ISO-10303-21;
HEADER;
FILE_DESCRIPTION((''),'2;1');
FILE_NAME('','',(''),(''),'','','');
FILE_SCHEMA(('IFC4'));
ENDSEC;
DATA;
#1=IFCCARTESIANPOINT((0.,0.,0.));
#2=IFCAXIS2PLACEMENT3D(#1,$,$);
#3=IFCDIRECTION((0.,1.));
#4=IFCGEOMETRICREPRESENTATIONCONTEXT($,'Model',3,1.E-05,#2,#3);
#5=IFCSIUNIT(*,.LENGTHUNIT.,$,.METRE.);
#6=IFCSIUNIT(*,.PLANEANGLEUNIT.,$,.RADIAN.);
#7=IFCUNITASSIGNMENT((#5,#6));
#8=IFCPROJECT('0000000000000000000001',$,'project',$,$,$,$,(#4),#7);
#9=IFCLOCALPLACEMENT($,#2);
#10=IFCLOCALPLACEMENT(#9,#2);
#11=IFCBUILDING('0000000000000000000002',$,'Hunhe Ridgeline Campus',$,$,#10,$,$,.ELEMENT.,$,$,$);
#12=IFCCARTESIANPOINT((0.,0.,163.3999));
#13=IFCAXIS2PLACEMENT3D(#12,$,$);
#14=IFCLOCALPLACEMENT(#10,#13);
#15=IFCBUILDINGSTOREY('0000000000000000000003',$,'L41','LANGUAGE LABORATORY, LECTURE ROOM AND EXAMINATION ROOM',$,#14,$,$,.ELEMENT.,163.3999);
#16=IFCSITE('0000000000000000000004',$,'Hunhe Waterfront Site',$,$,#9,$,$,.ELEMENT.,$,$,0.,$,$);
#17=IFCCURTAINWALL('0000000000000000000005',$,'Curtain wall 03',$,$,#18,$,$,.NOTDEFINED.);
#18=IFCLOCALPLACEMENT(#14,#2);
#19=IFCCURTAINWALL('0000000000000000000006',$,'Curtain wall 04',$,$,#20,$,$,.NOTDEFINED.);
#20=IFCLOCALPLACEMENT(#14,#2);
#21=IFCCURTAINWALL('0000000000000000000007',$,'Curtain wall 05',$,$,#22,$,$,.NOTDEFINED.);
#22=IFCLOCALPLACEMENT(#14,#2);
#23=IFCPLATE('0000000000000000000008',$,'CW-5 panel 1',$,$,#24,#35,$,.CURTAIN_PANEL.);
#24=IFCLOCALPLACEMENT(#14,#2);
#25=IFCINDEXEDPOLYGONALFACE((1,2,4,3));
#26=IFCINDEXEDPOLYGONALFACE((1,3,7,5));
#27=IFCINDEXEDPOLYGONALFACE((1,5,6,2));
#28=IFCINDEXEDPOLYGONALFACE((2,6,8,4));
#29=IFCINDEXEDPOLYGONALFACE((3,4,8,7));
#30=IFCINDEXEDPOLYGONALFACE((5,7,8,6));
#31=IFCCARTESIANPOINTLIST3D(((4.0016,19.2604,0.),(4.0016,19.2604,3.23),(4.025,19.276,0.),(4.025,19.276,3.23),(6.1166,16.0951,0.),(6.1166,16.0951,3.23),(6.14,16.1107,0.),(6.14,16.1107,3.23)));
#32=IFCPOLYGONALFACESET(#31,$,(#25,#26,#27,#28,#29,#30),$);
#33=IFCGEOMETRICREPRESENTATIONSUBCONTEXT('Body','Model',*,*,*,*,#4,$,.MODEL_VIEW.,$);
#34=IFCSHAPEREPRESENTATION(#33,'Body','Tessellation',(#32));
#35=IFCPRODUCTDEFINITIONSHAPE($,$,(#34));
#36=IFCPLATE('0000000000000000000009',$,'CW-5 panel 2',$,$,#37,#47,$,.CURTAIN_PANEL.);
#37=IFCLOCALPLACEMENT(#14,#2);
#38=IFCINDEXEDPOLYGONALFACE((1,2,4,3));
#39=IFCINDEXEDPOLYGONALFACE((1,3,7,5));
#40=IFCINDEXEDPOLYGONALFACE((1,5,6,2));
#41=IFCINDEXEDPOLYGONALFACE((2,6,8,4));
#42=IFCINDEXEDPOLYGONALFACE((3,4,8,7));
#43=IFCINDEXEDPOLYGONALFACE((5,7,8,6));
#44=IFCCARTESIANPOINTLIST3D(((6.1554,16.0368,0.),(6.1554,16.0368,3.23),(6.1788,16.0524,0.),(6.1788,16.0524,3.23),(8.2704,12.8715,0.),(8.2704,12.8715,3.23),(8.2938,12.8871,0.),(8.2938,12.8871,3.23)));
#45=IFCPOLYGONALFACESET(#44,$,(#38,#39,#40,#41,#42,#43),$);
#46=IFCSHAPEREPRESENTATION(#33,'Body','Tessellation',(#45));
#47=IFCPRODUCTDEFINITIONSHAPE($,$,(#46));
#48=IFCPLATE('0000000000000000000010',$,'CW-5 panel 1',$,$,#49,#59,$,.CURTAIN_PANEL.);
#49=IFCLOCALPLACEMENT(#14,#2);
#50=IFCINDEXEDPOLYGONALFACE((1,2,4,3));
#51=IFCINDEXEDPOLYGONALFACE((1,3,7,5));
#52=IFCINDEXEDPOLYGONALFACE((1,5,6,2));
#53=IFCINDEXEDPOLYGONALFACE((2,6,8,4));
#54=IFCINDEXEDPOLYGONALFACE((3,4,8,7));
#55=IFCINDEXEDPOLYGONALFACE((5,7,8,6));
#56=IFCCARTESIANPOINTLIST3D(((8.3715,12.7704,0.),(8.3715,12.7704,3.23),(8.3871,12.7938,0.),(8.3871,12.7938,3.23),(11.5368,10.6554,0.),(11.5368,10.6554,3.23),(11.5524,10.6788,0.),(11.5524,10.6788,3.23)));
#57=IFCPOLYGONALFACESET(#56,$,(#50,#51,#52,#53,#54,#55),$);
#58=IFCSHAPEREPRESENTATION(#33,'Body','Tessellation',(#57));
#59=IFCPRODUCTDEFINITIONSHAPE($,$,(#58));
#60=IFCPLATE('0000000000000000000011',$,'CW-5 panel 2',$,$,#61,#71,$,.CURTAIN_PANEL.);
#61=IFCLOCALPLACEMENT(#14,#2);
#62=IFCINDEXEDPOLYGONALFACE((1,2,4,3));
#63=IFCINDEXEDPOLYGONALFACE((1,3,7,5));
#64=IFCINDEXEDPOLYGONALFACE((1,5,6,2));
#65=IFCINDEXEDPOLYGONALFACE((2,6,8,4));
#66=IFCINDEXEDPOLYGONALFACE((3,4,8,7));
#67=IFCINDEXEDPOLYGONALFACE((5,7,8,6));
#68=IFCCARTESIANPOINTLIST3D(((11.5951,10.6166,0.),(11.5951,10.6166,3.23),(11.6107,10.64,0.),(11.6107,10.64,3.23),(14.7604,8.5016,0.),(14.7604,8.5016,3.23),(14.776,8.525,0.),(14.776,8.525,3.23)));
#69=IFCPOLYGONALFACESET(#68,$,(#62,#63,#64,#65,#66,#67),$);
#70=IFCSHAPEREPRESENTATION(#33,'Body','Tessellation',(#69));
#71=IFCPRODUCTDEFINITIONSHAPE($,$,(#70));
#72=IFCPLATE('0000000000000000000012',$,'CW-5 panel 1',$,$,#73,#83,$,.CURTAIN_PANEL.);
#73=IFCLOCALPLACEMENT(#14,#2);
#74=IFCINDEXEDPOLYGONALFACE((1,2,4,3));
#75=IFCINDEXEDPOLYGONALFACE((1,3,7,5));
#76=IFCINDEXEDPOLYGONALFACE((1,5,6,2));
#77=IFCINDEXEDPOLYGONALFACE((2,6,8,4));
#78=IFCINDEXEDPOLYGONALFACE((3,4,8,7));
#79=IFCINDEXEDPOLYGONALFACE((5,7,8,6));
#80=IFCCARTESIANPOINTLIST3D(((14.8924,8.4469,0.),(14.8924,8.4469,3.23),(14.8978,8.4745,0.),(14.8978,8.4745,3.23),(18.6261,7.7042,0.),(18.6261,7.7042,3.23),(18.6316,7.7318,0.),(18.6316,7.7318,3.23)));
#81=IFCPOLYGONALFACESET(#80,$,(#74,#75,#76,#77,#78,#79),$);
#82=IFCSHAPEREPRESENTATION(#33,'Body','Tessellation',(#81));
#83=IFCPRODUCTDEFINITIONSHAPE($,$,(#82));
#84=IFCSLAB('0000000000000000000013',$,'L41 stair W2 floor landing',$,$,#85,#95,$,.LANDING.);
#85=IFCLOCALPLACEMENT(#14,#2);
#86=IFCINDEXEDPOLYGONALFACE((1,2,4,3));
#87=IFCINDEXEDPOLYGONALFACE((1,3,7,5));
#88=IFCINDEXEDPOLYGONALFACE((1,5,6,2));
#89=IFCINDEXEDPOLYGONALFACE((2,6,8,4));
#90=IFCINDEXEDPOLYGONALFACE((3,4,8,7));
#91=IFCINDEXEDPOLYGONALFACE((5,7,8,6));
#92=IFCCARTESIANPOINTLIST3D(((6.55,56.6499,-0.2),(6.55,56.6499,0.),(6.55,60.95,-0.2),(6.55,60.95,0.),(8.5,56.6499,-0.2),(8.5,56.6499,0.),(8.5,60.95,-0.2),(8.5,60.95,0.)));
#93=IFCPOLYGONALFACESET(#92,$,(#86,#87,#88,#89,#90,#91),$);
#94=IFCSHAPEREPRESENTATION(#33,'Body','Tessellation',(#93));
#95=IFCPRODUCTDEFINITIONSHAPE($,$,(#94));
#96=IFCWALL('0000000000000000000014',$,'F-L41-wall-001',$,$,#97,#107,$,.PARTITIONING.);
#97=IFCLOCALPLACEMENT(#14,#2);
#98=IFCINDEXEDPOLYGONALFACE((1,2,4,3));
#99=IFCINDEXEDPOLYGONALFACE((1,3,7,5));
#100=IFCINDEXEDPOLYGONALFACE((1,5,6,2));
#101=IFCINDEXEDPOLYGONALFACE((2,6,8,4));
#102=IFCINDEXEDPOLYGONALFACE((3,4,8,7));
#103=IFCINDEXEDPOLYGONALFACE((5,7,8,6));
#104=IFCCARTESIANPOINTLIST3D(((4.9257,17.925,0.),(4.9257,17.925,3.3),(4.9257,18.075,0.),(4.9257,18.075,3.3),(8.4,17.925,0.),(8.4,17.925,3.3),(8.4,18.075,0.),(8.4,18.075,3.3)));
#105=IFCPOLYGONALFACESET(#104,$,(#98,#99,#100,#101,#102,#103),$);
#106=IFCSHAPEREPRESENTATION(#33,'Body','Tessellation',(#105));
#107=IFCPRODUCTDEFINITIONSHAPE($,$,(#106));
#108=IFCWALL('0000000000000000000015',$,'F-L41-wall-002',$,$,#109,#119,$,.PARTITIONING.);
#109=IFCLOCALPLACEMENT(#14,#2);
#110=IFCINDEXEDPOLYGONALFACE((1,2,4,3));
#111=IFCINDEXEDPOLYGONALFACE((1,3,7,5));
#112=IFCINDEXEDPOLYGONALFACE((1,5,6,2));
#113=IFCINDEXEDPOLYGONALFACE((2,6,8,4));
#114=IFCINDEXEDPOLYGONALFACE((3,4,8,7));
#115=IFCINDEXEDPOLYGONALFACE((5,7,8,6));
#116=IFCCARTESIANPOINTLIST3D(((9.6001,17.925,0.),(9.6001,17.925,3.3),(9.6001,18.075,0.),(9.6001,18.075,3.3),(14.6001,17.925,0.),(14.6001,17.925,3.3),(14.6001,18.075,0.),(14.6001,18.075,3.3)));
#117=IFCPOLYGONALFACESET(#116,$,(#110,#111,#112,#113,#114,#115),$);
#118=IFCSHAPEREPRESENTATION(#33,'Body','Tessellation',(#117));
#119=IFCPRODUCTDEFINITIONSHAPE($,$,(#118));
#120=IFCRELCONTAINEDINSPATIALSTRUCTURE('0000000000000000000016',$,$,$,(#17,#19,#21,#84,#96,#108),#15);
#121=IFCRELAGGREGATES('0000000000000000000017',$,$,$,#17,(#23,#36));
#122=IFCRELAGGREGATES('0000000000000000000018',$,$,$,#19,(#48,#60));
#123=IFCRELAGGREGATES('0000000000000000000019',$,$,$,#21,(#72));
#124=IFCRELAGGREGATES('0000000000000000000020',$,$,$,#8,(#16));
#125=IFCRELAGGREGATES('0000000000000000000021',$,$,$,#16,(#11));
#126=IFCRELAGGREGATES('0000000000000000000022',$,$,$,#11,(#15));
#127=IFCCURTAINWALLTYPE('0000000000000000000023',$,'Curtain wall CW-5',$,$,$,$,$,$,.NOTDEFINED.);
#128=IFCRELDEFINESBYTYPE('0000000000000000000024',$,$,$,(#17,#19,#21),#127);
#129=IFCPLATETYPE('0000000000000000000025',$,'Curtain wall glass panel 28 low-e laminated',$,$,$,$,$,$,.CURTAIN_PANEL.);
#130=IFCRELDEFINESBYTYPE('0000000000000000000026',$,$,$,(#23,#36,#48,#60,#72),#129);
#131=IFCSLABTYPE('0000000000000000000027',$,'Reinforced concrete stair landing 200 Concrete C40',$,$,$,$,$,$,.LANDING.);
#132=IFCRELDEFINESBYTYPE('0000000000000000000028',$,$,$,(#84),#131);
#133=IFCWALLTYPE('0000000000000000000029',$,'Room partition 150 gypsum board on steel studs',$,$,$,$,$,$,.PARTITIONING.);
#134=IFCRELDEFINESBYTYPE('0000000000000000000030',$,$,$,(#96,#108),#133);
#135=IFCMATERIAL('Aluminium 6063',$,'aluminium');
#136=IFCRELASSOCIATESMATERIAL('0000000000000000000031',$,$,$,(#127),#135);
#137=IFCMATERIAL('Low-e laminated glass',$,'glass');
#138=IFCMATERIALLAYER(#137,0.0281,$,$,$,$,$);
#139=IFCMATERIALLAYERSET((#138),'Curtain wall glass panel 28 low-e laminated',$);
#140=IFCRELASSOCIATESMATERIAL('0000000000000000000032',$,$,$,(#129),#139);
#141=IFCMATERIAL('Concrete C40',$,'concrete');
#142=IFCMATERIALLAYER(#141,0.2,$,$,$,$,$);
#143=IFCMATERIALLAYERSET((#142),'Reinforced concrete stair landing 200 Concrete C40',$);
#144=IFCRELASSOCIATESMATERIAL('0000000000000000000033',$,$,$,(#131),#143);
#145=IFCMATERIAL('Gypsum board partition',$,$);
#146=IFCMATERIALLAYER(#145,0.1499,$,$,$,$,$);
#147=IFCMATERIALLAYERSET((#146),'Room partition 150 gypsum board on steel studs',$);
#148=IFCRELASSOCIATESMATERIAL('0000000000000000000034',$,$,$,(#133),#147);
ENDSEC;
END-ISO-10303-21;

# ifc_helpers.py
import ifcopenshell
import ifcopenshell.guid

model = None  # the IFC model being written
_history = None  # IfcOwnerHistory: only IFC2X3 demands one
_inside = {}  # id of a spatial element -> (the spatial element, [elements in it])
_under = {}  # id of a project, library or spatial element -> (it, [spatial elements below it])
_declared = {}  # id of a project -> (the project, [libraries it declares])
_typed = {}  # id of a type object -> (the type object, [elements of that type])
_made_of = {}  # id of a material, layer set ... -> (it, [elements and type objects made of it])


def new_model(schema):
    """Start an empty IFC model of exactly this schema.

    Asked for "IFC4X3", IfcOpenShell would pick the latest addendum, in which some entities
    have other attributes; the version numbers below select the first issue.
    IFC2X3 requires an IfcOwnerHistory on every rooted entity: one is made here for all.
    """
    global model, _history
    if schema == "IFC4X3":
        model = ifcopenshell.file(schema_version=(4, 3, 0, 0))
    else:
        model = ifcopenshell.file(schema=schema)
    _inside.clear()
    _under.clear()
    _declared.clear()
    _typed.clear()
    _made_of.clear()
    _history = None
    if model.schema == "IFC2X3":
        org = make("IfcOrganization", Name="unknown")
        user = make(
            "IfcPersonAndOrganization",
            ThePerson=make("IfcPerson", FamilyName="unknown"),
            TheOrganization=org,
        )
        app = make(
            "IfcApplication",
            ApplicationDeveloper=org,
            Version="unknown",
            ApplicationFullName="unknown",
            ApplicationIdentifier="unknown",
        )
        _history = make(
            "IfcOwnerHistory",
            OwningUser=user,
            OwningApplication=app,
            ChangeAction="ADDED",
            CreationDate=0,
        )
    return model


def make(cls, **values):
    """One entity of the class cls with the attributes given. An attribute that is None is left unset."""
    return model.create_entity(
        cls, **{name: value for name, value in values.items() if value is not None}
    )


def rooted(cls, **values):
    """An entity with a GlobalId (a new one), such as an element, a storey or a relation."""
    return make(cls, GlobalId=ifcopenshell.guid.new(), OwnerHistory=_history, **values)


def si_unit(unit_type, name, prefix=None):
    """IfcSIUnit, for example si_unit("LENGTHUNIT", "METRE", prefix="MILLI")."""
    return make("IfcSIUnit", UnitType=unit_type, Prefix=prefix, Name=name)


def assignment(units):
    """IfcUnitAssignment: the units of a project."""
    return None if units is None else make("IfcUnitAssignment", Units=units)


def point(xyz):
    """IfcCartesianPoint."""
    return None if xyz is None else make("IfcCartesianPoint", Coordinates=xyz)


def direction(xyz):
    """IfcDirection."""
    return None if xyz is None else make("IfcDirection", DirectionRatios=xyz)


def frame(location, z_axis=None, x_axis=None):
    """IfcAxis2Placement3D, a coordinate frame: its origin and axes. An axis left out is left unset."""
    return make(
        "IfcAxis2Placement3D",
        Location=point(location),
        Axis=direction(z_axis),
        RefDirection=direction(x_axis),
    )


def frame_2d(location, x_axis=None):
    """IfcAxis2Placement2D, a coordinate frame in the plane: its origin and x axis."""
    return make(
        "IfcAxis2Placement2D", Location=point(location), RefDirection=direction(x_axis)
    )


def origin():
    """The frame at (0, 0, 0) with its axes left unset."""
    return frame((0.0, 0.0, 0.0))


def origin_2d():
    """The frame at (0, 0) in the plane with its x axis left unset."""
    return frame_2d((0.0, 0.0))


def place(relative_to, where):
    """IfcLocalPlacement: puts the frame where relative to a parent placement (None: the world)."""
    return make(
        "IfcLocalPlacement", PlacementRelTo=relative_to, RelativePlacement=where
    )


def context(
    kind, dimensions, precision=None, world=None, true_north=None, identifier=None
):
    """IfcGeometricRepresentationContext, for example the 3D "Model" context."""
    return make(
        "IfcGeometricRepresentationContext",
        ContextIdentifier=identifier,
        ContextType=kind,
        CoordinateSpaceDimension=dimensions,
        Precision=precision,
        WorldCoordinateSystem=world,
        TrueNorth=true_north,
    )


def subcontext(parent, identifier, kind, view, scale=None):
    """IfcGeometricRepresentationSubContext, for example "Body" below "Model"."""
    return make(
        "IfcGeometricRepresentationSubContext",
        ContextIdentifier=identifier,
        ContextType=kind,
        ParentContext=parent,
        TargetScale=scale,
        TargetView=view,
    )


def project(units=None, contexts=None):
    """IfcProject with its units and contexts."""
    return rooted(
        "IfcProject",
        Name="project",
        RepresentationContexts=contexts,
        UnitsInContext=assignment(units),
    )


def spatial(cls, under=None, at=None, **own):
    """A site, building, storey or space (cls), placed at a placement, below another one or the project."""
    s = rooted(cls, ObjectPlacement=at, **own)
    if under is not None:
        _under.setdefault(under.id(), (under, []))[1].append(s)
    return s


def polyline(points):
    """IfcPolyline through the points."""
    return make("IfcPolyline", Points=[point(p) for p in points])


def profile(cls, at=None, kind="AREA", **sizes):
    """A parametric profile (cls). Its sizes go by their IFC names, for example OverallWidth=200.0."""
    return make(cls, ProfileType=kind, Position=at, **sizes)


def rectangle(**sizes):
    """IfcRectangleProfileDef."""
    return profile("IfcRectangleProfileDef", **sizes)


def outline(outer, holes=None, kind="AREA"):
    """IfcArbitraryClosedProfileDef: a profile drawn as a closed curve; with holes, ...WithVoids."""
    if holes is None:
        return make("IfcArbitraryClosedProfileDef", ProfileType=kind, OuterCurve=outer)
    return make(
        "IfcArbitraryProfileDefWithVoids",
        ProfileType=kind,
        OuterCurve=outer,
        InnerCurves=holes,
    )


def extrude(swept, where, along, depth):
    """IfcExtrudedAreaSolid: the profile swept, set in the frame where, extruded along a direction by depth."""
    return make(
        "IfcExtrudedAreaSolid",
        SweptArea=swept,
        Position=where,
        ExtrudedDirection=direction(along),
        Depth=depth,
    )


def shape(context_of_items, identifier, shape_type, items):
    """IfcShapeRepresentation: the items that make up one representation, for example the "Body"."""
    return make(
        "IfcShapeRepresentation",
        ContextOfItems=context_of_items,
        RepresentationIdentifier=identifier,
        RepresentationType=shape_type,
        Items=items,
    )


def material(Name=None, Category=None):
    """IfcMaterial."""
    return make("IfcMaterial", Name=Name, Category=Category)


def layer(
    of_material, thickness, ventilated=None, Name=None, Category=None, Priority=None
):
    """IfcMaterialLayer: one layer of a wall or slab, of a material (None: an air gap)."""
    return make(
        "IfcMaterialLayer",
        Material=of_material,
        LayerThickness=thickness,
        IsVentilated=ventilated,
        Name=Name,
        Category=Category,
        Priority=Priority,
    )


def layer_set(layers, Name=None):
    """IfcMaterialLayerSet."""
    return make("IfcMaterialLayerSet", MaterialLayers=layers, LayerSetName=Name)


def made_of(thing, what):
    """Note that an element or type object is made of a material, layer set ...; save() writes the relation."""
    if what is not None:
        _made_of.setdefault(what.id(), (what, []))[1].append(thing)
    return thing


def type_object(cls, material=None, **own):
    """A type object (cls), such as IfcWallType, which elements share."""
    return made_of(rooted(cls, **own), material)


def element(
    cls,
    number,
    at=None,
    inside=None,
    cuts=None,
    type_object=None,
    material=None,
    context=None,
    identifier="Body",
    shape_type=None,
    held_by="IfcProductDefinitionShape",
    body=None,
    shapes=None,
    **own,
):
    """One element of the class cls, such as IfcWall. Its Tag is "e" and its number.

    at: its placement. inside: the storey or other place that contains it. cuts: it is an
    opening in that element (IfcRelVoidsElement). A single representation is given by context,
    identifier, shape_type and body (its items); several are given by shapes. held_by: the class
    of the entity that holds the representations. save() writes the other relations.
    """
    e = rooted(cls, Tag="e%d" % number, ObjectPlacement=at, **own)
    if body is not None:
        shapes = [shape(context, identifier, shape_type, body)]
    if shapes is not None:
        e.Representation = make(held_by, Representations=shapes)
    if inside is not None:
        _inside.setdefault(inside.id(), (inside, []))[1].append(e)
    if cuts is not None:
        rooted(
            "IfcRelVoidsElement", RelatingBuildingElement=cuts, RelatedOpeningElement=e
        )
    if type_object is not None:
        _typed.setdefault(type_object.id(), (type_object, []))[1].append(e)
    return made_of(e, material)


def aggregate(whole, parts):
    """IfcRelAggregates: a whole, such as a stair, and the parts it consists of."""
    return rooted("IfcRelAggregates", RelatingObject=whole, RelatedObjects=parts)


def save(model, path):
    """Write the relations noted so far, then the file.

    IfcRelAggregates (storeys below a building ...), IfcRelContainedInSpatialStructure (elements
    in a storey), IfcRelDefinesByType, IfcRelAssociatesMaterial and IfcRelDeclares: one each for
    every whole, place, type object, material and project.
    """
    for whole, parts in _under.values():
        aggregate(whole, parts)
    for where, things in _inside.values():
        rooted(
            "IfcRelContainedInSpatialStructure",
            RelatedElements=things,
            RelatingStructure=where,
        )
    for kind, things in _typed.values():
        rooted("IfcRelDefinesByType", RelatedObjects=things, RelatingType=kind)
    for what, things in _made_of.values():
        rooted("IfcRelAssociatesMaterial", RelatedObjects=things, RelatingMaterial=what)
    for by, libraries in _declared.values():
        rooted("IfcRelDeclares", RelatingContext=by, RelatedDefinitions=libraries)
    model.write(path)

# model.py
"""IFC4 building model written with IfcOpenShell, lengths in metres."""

from ifc_helpers import new_model, si_unit, direction, frame, frame_2d, origin, origin_2d, place, context, subcontext, project, spatial, polyline, rectangle, outline, extrude, material, layer, layer_set, type_object, element, aggregate, save


model = new_model("IFC4")

# Units and contexts
model_context = context("Model", 3, precision=1e-05, world=origin(), true_north=direction((0.0, 1.0)))
body_context = subcontext(model_context, "Body", "Model", "MODEL_VIEW")
ifc_project = project(units=[si_unit("LENGTHUNIT", "METRE"), si_unit("PLANEANGLEUNIT", "RADIAN")], contexts=[model_context])

# Site, building, storey
site_placement = place(None, origin())
site = spatial("IfcSite", under=ifc_project, at=site_placement, Name="Hunhe Waterfront Site", CompositionType="ELEMENT", RefElevation=0.0)
building_placement = place(site_placement, origin())
building = spatial("IfcBuilding", under=site, at=building_placement, Name="Hunhe Ridgeline Campus", CompositionType="ELEMENT")
storey_placement = place(building_placement, frame((0.0, 0.0, 163.3999)))
storey = spatial("IfcBuildingStorey", under=building, at=storey_placement, Name="L41", Description="LANGUAGE LABORATORY, LECTURE ROOM AND EXAMINATION ROOM", CompositionType="ELEMENT", Elevation=163.3999)

# Curtain walls
ifc_material_1 = material(Name="Aluminium 6063", Category="aluminium")
curtain_wall_type = type_object("IfcCurtainWallType", Name="Curtain wall CW-5", PredefinedType="NOTDEFINED", material=ifc_material_1)
curtain_wall_1_placement = place(storey_placement, origin())
curtain_wall_1 = element("IfcCurtainWall", 1, at=curtain_wall_1_placement, inside=storey, type_object=curtain_wall_type, Name="Curtain wall 03", PredefinedType="NOTDEFINED")
curtain_wall_2_placement = place(storey_placement, origin())
curtain_wall_2 = element("IfcCurtainWall", 2, at=curtain_wall_2_placement, inside=storey, type_object=curtain_wall_type, Name="Curtain wall 04", PredefinedType="NOTDEFINED")
curtain_wall_3_placement = place(storey_placement, origin())
curtain_wall_3 = element("IfcCurtainWall", 3, at=curtain_wall_3_placement, inside=storey, type_object=curtain_wall_type, Name="Curtain wall 05", PredefinedType="NOTDEFINED")

# Plates
ifc_material_2 = material(Name="Low-e laminated glass", Category="glass")
ifc_layer_1 = layer(ifc_material_2, 0.0281)
ifc_layer_set_1 = layer_set([ifc_layer_1], Name="Curtain wall glass panel 28 low-e laminated")
plate_type = type_object("IfcPlateType", Name="Curtain wall glass panel 28 low-e laminated", PredefinedType="CURTAIN_PANEL", material=ifc_layer_set_1)
plate_1_placement = place(storey_placement, frame((5.0708, 17.6855, 0.0), z_axis=(0.0, 0.0, 1.0), x_axis=(0.55557, -0.83147, 0.0)))
plate_1 = element("IfcPlate", 4, at=plate_1_placement, type_object=plate_type, Name="CW-5 panel 1", PredefinedType="CURTAIN_PANEL", context=body_context, shape_type="SweptSolid", body=[
    extrude(rectangle(XDim=3.8069, YDim=0.0281, at=origin_2d()), origin(), (0.0, 0.0, 1.0), 3.23),
])
plate_2_placement = place(storey_placement, frame((7.2246, 14.4619, 0.0), z_axis=(0.0, 0.0, 1.0), x_axis=(0.55557, -0.83147, 0.0)))
plate_2 = element("IfcPlate", 5, at=plate_2_placement, type_object=plate_type, Name="CW-5 panel 2", PredefinedType="CURTAIN_PANEL", context=body_context, shape_type="SweptSolid", body=[
    extrude(rectangle(XDim=3.8069, YDim=0.0281, at=origin_2d()), origin(), (0.0, 0.0, 1.0), 3.23),
])
aggregate(curtain_wall_1, [plate_1, plate_2])
plate_3_placement = place(storey_placement, frame((9.9619, 11.7246, 0.0), z_axis=(0.0, 0.0, 1.0), x_axis=(0.83147, -0.55557, 0.0)))
plate_3 = element("IfcPlate", 6, at=plate_3_placement, type_object=plate_type, Name="CW-5 panel 1", PredefinedType="CURTAIN_PANEL", context=body_context, shape_type="SweptSolid", body=[
    extrude(rectangle(XDim=3.8069, YDim=0.0281, at=origin_2d()), origin(), (0.0, 0.0, 1.0), 3.23),
])
plate_4_placement = place(storey_placement, frame((13.1855, 9.5708, 0.0), z_axis=(0.0, 0.0, 1.0), x_axis=(0.83147, -0.55557, 0.0)))
plate_4 = element("IfcPlate", 7, at=plate_4_placement, type_object=plate_type, Name="CW-5 panel 2", PredefinedType="CURTAIN_PANEL", context=body_context, shape_type="SweptSolid", body=[
    extrude(rectangle(XDim=3.8069, YDim=0.0281, at=origin_2d()), origin(), (0.0, 0.0, 1.0), 3.23),
])
aggregate(curtain_wall_2, [plate_3, plate_4])
plate_5_placement = place(storey_placement, frame((16.762, 8.0894, 0.0), z_axis=(0.0, 0.0, 1.0), x_axis=(0.980785, -0.19509, 0.0)))
plate_5 = element("IfcPlate", 8, at=plate_5_placement, type_object=plate_type, Name="CW-5 panel 1", PredefinedType="CURTAIN_PANEL", context=body_context, shape_type="SweptSolid", body=[
    extrude(rectangle(XDim=3.8069, YDim=0.0281, at=origin_2d()), origin(), (0.0, 0.0, 1.0), 3.23),
])
aggregate(curtain_wall_3, [plate_5])

# Slab
ifc_material_3 = material(Name="Concrete C40", Category="concrete")
ifc_layer_2 = layer(ifc_material_3, 0.2)
ifc_layer_set_2 = layer_set([ifc_layer_2], Name="Reinforced concrete stair landing 200 Concrete C40")
slab_type = type_object("IfcSlabType", Name="Reinforced concrete stair landing 200 Concrete C40", PredefinedType="LANDING", material=ifc_layer_set_2)
slab_placement = place(storey_placement, frame((0.0, 0.0, -0.2)))
element("IfcSlab", 9, at=slab_placement, inside=storey, type_object=slab_type, Name="L41 stair W2 floor landing", PredefinedType="LANDING", context=body_context, shape_type="SweptSolid", body=[
    extrude(outline(polyline([(8.5, 60.95), (6.55, 60.95), (6.55, 56.6499), (8.5, 56.6499), (8.5, 60.95)])), origin(), (0.0, 0.0, 1.0), 0.2),
])

# Shared definitions
ifc_material_4 = material(Name="Gypsum board partition")

# Walls
ifc_layer_3 = layer(ifc_material_4, 0.1499)
ifc_layer_set_3 = layer_set([ifc_layer_3], Name="Room partition 150 gypsum board on steel studs")
wall_type_1 = type_object("IfcWallType", Name="Room partition 150 gypsum board on steel studs", PredefinedType="PARTITIONING", material=ifc_layer_set_3)
wall_1_placement = place(storey_placement, frame((4.9255, 18.0, 0.0), z_axis=(0.0, 0.0, 1.0), x_axis=(1.0, 0.0, 0.0)))
element("IfcWall", 10, at=wall_1_placement, inside=storey, type_object=wall_type_1, Name="F-L41-wall-001", PredefinedType="PARTITIONING", context=body_context, shape_type="SweptSolid", body=[
    extrude(rectangle(XDim=3.4744, YDim=0.1499, at=frame_2d((1.7373, 0.0))), origin(), (0.0, 0.0, 1.0), 3.3),
])
wall_2_placement = place(storey_placement, frame((9.6001, 18.0, 0.0), z_axis=(0.0, 0.0, 1.0), x_axis=(1.0, 0.0, 0.0)))
element("IfcWall", 11, at=wall_2_placement, inside=storey, type_object=wall_type_1, Name="F-L41-wall-002", PredefinedType="PARTITIONING", context=body_context, shape_type="SweptSolid", body=[
    extrude(rectangle(XDim=5.0, YDim=0.1499, at=frame_2d((2.5, 0.0))), origin(), (0.0, 0.0, 1.0), 3.3),
])

save(model, "model.ifc")
